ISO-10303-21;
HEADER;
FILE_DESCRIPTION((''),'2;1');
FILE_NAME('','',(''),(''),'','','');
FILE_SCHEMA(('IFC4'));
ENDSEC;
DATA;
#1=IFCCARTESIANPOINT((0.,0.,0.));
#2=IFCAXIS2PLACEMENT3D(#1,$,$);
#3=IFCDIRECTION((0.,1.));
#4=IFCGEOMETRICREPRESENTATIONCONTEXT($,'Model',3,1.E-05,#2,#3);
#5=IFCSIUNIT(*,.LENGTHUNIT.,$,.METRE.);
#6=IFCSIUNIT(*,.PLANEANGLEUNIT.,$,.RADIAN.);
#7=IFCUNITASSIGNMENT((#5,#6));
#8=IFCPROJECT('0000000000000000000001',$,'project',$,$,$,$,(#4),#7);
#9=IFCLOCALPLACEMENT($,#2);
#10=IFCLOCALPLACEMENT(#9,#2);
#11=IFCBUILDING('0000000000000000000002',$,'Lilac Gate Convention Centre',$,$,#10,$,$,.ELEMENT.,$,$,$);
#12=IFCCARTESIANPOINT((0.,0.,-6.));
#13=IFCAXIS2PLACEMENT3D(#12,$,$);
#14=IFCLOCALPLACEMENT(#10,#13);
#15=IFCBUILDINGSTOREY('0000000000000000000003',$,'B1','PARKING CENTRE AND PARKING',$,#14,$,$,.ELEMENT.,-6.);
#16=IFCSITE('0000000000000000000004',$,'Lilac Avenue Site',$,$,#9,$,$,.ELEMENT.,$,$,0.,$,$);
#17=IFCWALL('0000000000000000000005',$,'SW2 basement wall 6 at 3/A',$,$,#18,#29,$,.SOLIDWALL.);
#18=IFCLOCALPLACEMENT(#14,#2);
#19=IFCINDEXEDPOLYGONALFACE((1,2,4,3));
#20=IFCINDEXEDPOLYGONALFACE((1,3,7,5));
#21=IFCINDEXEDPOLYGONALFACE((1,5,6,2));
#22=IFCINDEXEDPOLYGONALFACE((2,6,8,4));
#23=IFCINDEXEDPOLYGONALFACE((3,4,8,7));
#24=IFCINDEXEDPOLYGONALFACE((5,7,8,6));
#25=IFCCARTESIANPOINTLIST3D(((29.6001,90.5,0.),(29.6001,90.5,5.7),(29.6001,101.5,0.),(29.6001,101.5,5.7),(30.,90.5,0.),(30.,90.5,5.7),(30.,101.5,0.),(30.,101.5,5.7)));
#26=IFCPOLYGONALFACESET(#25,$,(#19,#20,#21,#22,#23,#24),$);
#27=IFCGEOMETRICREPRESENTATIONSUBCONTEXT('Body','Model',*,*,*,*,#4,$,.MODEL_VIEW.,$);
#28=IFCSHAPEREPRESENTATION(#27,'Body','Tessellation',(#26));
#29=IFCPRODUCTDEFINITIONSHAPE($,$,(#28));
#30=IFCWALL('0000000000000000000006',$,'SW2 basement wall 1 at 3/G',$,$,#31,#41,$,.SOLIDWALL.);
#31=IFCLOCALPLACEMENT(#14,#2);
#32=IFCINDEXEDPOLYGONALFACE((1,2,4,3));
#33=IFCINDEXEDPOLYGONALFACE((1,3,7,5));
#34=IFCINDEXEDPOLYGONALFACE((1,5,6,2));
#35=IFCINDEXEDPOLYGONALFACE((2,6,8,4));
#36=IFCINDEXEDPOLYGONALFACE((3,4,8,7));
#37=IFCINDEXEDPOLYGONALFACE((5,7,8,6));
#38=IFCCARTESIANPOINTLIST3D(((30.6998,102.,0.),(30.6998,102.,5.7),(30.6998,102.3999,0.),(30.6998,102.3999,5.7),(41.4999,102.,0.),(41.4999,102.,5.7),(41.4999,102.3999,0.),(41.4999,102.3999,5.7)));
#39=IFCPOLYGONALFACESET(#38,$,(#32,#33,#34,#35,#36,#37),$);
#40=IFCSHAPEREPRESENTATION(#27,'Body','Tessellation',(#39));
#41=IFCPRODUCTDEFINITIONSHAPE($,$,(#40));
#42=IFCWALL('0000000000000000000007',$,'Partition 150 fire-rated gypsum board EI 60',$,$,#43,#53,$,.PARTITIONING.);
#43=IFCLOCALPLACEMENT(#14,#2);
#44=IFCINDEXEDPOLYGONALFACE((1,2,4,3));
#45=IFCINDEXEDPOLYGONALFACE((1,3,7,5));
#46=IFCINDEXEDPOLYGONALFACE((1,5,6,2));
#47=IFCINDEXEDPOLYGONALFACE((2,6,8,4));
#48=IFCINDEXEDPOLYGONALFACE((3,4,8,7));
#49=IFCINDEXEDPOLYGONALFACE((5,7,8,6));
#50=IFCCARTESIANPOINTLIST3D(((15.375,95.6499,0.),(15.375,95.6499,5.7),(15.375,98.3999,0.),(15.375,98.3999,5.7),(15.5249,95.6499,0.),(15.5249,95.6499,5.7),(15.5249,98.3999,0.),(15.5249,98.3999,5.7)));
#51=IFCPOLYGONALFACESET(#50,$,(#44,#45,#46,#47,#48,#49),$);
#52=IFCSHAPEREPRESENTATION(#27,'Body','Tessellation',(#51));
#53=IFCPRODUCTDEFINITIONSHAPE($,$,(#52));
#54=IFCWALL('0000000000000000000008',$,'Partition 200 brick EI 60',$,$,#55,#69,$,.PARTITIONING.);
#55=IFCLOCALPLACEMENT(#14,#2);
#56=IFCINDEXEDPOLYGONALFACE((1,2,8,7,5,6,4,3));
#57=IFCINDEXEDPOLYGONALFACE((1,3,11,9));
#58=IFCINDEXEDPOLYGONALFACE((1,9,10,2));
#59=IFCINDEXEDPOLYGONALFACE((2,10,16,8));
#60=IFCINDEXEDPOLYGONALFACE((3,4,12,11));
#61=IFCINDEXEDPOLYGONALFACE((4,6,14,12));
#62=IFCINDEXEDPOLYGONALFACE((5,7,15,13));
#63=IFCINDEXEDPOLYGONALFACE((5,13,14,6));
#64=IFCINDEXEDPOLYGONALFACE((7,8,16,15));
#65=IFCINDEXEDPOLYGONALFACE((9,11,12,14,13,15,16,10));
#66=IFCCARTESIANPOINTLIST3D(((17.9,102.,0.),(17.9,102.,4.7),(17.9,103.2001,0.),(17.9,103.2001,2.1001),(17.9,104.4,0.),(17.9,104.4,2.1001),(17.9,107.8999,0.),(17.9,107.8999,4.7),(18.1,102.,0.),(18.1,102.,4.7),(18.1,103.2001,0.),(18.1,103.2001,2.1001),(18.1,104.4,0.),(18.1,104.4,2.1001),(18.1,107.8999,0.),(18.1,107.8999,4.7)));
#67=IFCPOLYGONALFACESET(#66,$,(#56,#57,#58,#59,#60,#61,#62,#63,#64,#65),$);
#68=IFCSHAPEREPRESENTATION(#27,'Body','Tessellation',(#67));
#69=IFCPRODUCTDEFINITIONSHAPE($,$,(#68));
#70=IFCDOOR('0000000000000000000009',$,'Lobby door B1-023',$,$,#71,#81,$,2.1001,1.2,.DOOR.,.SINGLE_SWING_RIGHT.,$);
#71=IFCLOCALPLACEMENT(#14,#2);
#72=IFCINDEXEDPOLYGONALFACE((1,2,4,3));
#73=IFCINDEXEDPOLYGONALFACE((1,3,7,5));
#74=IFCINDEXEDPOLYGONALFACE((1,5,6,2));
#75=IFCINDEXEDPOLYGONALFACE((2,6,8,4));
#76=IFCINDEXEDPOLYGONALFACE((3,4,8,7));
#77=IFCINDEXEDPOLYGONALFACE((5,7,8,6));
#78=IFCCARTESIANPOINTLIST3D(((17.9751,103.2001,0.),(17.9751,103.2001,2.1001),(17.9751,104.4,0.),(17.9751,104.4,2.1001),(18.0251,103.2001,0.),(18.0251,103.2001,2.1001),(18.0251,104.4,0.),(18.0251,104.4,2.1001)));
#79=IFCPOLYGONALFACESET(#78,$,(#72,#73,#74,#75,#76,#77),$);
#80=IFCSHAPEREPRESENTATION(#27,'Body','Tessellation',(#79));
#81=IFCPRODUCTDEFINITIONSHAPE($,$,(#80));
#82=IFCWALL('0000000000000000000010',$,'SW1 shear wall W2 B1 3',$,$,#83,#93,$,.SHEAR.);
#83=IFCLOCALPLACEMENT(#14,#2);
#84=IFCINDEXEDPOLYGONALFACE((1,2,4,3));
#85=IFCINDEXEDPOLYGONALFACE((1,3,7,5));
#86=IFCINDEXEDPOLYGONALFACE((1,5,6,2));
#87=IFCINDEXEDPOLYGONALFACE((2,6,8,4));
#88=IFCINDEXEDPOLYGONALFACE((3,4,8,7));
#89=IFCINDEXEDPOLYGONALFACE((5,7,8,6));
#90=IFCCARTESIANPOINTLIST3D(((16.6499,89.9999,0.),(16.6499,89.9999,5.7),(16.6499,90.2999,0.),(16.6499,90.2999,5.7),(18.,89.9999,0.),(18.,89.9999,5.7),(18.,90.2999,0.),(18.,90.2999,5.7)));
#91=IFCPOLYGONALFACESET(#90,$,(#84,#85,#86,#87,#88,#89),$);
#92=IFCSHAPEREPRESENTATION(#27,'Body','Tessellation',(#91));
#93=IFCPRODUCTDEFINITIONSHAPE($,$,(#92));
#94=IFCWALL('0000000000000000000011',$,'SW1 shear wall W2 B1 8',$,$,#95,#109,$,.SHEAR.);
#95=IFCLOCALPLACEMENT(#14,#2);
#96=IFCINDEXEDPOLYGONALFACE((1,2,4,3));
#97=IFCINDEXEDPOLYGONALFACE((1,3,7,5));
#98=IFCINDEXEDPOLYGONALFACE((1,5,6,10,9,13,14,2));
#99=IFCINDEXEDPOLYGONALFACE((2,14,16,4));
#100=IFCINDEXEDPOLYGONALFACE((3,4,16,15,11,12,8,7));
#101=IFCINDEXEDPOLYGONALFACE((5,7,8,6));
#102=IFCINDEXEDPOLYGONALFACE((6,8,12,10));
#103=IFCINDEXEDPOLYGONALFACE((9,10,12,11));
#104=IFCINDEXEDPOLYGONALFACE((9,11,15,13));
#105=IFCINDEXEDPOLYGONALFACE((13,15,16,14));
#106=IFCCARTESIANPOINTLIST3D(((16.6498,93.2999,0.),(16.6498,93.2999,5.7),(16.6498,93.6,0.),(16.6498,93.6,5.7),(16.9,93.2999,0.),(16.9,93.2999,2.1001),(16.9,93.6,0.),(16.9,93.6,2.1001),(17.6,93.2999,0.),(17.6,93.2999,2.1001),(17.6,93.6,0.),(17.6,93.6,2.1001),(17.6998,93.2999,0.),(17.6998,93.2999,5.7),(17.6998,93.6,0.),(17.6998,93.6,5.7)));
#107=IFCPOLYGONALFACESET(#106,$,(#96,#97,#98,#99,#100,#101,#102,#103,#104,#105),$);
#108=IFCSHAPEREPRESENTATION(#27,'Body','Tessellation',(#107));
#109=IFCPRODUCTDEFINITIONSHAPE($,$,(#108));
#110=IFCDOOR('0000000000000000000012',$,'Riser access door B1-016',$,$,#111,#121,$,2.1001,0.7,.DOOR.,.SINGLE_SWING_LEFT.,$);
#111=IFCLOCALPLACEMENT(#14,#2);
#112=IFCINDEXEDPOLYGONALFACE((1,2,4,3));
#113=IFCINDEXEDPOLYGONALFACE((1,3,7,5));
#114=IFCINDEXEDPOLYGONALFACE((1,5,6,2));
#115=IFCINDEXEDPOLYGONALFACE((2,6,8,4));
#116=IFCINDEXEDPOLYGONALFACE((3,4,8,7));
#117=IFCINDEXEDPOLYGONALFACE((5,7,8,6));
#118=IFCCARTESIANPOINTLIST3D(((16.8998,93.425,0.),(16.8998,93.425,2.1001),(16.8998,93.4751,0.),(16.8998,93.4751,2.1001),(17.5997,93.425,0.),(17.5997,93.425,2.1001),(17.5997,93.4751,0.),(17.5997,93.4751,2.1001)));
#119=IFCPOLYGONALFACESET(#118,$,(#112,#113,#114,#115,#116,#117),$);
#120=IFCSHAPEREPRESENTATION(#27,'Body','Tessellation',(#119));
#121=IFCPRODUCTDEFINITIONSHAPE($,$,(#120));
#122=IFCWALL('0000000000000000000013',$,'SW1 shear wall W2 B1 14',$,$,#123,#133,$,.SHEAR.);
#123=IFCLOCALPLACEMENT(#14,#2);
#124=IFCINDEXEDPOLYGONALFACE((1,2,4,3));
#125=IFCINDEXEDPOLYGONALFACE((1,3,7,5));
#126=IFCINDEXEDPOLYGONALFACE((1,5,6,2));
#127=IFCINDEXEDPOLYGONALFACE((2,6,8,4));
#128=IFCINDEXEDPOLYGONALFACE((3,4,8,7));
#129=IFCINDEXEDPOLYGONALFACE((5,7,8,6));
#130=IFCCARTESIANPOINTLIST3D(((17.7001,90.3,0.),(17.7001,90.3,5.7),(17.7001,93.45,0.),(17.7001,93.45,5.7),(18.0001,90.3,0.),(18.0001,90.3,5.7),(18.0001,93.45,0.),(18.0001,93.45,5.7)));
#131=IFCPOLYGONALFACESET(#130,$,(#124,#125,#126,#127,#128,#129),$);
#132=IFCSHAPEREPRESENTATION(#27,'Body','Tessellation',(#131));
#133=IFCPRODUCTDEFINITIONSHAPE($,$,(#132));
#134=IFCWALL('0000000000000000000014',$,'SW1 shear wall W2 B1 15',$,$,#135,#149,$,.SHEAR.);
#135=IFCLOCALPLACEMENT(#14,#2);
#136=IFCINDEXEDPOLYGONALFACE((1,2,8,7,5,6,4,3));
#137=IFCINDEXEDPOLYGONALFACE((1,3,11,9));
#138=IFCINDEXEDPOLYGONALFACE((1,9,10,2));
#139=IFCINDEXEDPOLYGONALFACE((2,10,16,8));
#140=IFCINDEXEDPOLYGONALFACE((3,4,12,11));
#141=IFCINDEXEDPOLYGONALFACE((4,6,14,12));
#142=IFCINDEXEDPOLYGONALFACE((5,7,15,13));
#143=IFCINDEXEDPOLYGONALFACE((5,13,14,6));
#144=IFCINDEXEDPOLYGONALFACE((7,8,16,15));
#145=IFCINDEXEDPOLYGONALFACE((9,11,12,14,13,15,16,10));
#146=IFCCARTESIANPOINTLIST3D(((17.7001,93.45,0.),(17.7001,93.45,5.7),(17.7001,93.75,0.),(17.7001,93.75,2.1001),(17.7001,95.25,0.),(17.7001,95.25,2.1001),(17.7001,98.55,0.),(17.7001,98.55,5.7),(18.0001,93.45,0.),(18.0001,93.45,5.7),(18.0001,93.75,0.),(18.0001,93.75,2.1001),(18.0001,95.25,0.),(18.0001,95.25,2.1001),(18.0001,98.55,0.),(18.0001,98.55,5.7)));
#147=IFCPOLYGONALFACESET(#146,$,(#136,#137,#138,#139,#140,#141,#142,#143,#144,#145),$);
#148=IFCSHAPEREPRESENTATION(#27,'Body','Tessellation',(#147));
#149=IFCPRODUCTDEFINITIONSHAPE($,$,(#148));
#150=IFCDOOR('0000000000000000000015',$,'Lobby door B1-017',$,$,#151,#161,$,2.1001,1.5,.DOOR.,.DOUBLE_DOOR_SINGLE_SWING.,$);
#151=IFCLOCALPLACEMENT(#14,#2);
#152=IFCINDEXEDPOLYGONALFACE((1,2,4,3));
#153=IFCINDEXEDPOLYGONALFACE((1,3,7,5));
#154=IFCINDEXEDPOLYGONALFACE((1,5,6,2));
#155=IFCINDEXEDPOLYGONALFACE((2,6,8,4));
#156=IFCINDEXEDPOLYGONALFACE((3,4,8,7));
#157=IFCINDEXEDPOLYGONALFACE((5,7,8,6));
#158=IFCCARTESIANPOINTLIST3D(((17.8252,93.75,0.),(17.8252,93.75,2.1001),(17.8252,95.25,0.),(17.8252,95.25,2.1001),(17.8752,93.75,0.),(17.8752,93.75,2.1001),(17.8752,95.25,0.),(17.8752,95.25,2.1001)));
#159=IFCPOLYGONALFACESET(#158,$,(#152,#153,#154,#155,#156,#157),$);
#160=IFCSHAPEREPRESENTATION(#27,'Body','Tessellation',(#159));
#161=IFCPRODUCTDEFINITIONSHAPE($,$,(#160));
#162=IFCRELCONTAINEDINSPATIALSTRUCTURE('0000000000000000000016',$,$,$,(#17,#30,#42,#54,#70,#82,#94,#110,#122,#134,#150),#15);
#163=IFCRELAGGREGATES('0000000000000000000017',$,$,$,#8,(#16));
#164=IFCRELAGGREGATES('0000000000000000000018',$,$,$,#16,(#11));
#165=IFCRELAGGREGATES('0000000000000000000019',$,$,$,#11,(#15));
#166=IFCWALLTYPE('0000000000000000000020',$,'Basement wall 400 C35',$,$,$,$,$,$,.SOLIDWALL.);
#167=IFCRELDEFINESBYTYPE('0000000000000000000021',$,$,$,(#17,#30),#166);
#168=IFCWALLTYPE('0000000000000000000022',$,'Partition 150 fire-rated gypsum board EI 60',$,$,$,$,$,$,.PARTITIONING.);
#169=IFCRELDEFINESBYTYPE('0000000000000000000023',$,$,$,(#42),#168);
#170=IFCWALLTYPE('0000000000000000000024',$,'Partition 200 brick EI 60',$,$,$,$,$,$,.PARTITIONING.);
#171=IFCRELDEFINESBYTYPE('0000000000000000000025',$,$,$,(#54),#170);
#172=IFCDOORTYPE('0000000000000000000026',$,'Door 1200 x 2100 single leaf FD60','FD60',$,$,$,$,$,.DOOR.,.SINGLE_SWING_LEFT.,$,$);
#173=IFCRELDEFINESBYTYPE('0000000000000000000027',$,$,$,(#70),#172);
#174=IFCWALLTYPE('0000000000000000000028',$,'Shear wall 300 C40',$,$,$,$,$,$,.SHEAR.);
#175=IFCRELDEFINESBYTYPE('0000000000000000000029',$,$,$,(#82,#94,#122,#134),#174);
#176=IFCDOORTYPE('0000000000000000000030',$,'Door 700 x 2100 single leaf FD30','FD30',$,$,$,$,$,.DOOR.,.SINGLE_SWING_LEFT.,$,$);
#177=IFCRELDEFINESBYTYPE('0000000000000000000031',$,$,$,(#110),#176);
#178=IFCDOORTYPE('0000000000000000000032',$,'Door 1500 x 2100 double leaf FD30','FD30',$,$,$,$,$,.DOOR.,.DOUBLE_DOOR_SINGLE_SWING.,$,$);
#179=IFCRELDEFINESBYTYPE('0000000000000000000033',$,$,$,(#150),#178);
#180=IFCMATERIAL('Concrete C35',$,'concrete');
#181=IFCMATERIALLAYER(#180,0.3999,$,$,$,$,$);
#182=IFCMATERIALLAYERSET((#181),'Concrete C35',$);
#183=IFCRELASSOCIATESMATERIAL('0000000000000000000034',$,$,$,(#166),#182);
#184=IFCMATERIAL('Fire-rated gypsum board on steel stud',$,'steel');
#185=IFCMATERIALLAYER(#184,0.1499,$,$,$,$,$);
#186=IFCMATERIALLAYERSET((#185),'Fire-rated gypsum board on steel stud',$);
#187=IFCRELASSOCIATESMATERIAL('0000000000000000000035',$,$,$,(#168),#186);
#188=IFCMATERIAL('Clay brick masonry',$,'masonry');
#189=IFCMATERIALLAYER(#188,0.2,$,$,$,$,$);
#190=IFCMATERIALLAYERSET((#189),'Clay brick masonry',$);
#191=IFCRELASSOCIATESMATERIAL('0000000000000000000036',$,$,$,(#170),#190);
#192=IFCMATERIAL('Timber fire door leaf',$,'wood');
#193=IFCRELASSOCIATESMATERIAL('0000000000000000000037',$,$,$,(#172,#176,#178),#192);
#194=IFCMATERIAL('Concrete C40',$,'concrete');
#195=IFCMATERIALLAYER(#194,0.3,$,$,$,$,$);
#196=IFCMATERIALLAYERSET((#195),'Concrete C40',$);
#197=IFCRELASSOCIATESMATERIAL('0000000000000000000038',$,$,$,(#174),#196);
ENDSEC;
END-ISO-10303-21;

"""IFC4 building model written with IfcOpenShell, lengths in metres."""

from ifc_helpers import new_model, si_unit, direction, frame, frame_2d, origin, place, context, subcontext, project, spatial, rectangle, extrude, material, layer, layer_set, type_object, element, fill, save


model = new_model("IFC4")

# Units and contexts
model_context = context("Model", 3, precision=1e-05, world=origin(), true_north=direction((0.0, 1.0)))
body_context = subcontext(model_context, "Body", "Model", "MODEL_VIEW")
ifc_project = project(units=[si_unit("LENGTHUNIT", "METRE"), si_unit("PLANEANGLEUNIT", "RADIAN")], contexts=[model_context])

# Site, building, storey
site_placement = place(None, origin())
site = spatial("IfcSite", under=ifc_project, at=site_placement, Name="Lilac Avenue Site", CompositionType="ELEMENT", RefElevation=0.0)
building_placement = place(site_placement, origin())
building = spatial("IfcBuilding", under=site, at=building_placement, Name="Lilac Gate Convention Centre", CompositionType="ELEMENT")
storey_placement = place(building_placement, frame((0.0, 0.0, -6.0)))
storey = spatial("IfcBuildingStorey", under=building, at=storey_placement, Name="B1", Description="PARKING CENTRE AND PARKING", CompositionType="ELEMENT", Elevation=-6.0)

# Shared definitions
ifc_material_1 = material(Name="Concrete C35", Category="concrete")

# Shared definitions
ifc_material_2 = material(Name="Concrete C40", Category="concrete")

# Walls
ifc_layer_1 = layer(ifc_material_1, 0.3999)
ifc_layer_set_1 = layer_set([ifc_layer_1], Name="Concrete C35")
wall_type_1 = type_object("IfcWallType", Name="Basement wall 400 C35", PredefinedType="SOLIDWALL", material=ifc_layer_set_1)
wall_1_placement = place(storey_placement, frame((29.8, 90.5, 0.0), z_axis=(0.0, 0.0, 1.0), x_axis=(0.0, 1.0, 0.0)))
element("IfcWall", 1, at=wall_1_placement, inside=storey, type_object=wall_type_1, Name="SW2 basement wall 6 at 3/A", PredefinedType="SOLIDWALL", context=body_context, shape_type="SweptSolid", body=[
    extrude(rectangle(XDim=11.0, YDim=0.3999, at=frame_2d((5.5, 0.0))), origin(), (0.0, 0.0, 1.0), 5.7),
])
wall_2_placement = place(storey_placement, frame((30.7, 102.2, 0.0), z_axis=(0.0, 0.0, 1.0), x_axis=(1.0, 0.0, 0.0)))
element("IfcWall", 2, at=wall_2_placement, inside=storey, type_object=wall_type_1, Name="SW2 basement wall 1 at 3/G", PredefinedType="SOLIDWALL", context=body_context, shape_type="SweptSolid", body=[
    extrude(rectangle(XDim=10.8, YDim=0.3999, at=frame_2d((5.3999, 0.0))), origin(), (0.0, 0.0, 1.0), 5.7),
])
ifc_material_3 = material(Name="Fire-rated gypsum board on steel stud", Category="steel")
ifc_layer_2 = layer(ifc_material_3, 0.1499)
ifc_layer_set_2 = layer_set([ifc_layer_2], Name="Fire-rated gypsum board on steel stud")
wall_type_2 = type_object("IfcWallType", Name="Partition 150 fire-rated gypsum board EI 60", PredefinedType="PARTITIONING", material=ifc_layer_set_2)
wall_3_placement = place(storey_placement, frame((15.45, 95.6499, 0.0), z_axis=(0.0, 0.0, 1.0), x_axis=(0.0, 1.0, 0.0)))
element("IfcWall", 3, at=wall_3_placement, inside=storey, type_object=wall_type_2, Name="Partition 150 fire-rated gypsum board EI 60", PredefinedType="PARTITIONING", context=body_context, shape_type="SweptSolid", body=[
    extrude(rectangle(XDim=2.75, YDim=0.1499, at=frame_2d((1.375, 0.0))), origin(), (0.0, 0.0, 1.0), 5.7),
])

# Wall, opening, door
ifc_material_4 = material(Name="Clay brick masonry", Category="masonry")
ifc_layer_3 = layer(ifc_material_4, 0.2)
ifc_layer_set_3 = layer_set([ifc_layer_3], Name="Clay brick masonry")
wall_type_3 = type_object("IfcWallType", Name="Partition 200 brick EI 60", PredefinedType="PARTITIONING", material=ifc_layer_set_3)
wall_4_placement = place(storey_placement, frame((18.0, 102.0, 0.0), z_axis=(0.0, 0.0, 1.0), x_axis=(0.0, 1.0, 0.0)))
wall_4 = element("IfcWall", 4, at=wall_4_placement, inside=storey, type_object=wall_type_3, Name="Partition 200 brick EI 60", PredefinedType="PARTITIONING", context=body_context, shape_type="SweptSolid", body=[
    extrude(rectangle(XDim=5.8999, YDim=0.2, at=frame_2d((2.95, 0.0))), origin(), (0.0, 0.0, 1.0), 4.7),
])
opening_1_placement = place(wall_4_placement, frame((1.2, 0.0, 0.0)))
opening_1 = element("IfcOpeningElement", 5, at=opening_1_placement, cuts=wall_4, PredefinedType="OPENING", context=body_context, shape_type="SweptSolid", body=[
    extrude(rectangle(XDim=1.2, YDim=2.1001, at=frame_2d((0.6001, 1.05))), frame((0.0, 0.1099, 0.0), z_axis=(0.0, -1.0, 0.0), x_axis=(1.0, 0.0, 0.0)), (0.0, 0.0, 1.0), 0.22),
])
ifc_material_5 = material(Name="Timber fire door leaf", Category="wood")
door_type_1 = type_object("IfcDoorType", Name="Door 1200 x 2100 single leaf FD60", Description="FD60", OperationType="SINGLE_SWING_LEFT", PredefinedType="DOOR", material=ifc_material_5)
door_1_placement = place(opening_1_placement, origin())
door_1 = element("IfcDoor", 6, at=door_1_placement, inside=storey, type_object=door_type_1, Name="Lobby door B1-023", OperationType="SINGLE_SWING_RIGHT", OverallHeight=2.1001, OverallWidth=1.2, PredefinedType="DOOR", context=body_context, shape_type="SweptSolid", body=[
    extrude(rectangle(XDim=1.2, YDim=2.1001, at=frame_2d((0.6001, 1.05))), frame((0.0, 0.0249, 0.0), z_axis=(0.0, -1.0, 0.0), x_axis=(1.0, 0.0, 0.0)), (0.0, 0.0, 1.0), 0.05),
])
fill(opening_1, door_1)

# Wall
ifc_layer_4 = layer(ifc_material_2, 0.3)
ifc_layer_set_4 = layer_set([ifc_layer_4], Name="Concrete C40")
wall_type_4 = type_object("IfcWallType", Name="Shear wall 300 C40", PredefinedType="SHEAR", material=ifc_layer_set_4)
wall_5_placement = place(storey_placement, frame((16.6499, 90.1499, 0.0), z_axis=(0.0, 0.0, 1.0), x_axis=(1.0, 0.0, 0.0)))
element("IfcWall", 7, at=wall_5_placement, inside=storey, type_object=wall_type_4, Name="SW1 shear wall W2 B1 3", PredefinedType="SHEAR", context=body_context, shape_type="SweptSolid", body=[
    extrude(rectangle(XDim=1.3501, YDim=0.3, at=frame_2d((0.675, 0.0))), origin(), (0.0, 0.0, 1.0), 5.7),
])

# Wall, opening, door
wall_6_placement = place(storey_placement, frame((16.6499, 93.45, 0.0), z_axis=(0.0, 0.0, 1.0), x_axis=(1.0, 0.0, 0.0)))
wall_6 = element("IfcWall", 8, at=wall_6_placement, inside=storey, type_object=wall_type_4, Name="SW1 shear wall W2 B1 8", PredefinedType="SHEAR", context=body_context, shape_type="SweptSolid", body=[
    extrude(rectangle(XDim=1.05, YDim=0.3, at=frame_2d((0.5249, 0.0))), origin(), (0.0, 0.0, 1.0), 5.7),
])
opening_2_placement = place(wall_6_placement, frame((0.25, 0.0, 0.0)))
opening_2 = element("IfcOpeningElement", 9, at=opening_2_placement, cuts=wall_6, PredefinedType="OPENING", context=body_context, shape_type="SweptSolid", body=[
    extrude(rectangle(XDim=0.7, YDim=2.1001, at=frame_2d((0.3501, 1.05))), frame((0.0, 0.1599, 0.0), z_axis=(0.0, -1.0, 0.0), x_axis=(1.0, 0.0, 0.0)), (0.0, 0.0, 1.0), 0.3201),
])
door_type_2 = type_object("IfcDoorType", Name="Door 700 x 2100 single leaf FD30", Description="FD30", OperationType="SINGLE_SWING_LEFT", PredefinedType="DOOR", material=ifc_material_5)
door_2_placement = place(opening_2_placement, frame((0.7, 0.0, 0.0), z_axis=(0.0, 0.0, 1.0), x_axis=(-1.0, 0.0, 0.0)))
door_2 = element("IfcDoor", 10, at=door_2_placement, inside=storey, type_object=door_type_2, Name="Riser access door B1-016", OperationType="SINGLE_SWING_LEFT", OverallHeight=2.1001, OverallWidth=0.7, PredefinedType="DOOR", context=body_context, shape_type="SweptSolid", body=[
    extrude(rectangle(XDim=0.7, YDim=2.1001, at=frame_2d((0.3501, 1.05))), frame((0.0, 0.0249, 0.0), z_axis=(0.0, -1.0, 0.0), x_axis=(1.0, 0.0, 0.0)), (0.0, 0.0, 1.0), 0.05),
])
fill(opening_2, door_2)

# Wall
wall_7_placement = place(storey_placement, frame((17.8501, 90.3, 0.0), z_axis=(0.0, 0.0, 1.0), x_axis=(0.0, 1.0, 0.0)))
element("IfcWall", 11, at=wall_7_placement, inside=storey, type_object=wall_type_4, Name="SW1 shear wall W2 B1 14", PredefinedType="SHEAR", context=body_context, shape_type="SweptSolid", body=[
    extrude(rectangle(XDim=3.1499, YDim=0.3, at=frame_2d((1.575, 0.0))), origin(), (0.0, 0.0, 1.0), 5.7),
])

# Wall, opening, door
wall_8_placement = place(storey_placement, frame((17.8501, 93.45, 0.0), z_axis=(0.0, 0.0, 1.0), x_axis=(0.0, 1.0, 0.0)))
wall_8 = element("IfcWall", 12, at=wall_8_placement, inside=storey, type_object=wall_type_4, Name="SW1 shear wall W2 B1 15", PredefinedType="SHEAR", context=body_context, shape_type="SweptSolid", body=[
    extrude(rectangle(XDim=5.1001, YDim=0.3, at=frame_2d((2.55, 0.0))), origin(), (0.0, 0.0, 1.0), 5.7),
])
opening_3_placement = place(wall_8_placement, frame((0.3, 0.0, 0.0)))
opening_3 = element("IfcOpeningElement", 13, at=opening_3_placement, cuts=wall_8, PredefinedType="OPENING", context=body_context, shape_type="SweptSolid", body=[
    extrude(rectangle(XDim=1.5, YDim=2.1001, at=frame_2d((0.75, 1.05))), frame((0.0, 0.1599, 0.0), z_axis=(0.0, -1.0, 0.0), x_axis=(1.0, 0.0, 0.0)), (0.0, 0.0, 1.0), 0.3201),
])
door_type_3 = type_object("IfcDoorType", Name="Door 1500 x 2100 double leaf FD30", Description="FD30", OperationType="DOUBLE_DOOR_SINGLE_SWING", PredefinedType="DOOR", material=ifc_material_5)
door_3_placement = place(opening_3_placement, origin())
door_3 = element("IfcDoor", 14, at=door_3_placement, inside=storey, type_object=door_type_3, Name="Lobby door B1-017", OperationType="DOUBLE_DOOR_SINGLE_SWING", OverallHeight=2.1001, OverallWidth=1.5, PredefinedType="DOOR", context=body_context, shape_type="SweptSolid", body=[
    extrude(rectangle(XDim=1.5, YDim=2.1001, at=frame_2d((0.75, 1.05))), frame((0.0, 0.0249, 0.0), z_axis=(0.0, -1.0, 0.0), x_axis=(1.0, 0.0, 0.0)), (0.0, 0.0, 1.0), 0.05),
])
fill(opening_3, door_3)

save(model, "model.ifc")
